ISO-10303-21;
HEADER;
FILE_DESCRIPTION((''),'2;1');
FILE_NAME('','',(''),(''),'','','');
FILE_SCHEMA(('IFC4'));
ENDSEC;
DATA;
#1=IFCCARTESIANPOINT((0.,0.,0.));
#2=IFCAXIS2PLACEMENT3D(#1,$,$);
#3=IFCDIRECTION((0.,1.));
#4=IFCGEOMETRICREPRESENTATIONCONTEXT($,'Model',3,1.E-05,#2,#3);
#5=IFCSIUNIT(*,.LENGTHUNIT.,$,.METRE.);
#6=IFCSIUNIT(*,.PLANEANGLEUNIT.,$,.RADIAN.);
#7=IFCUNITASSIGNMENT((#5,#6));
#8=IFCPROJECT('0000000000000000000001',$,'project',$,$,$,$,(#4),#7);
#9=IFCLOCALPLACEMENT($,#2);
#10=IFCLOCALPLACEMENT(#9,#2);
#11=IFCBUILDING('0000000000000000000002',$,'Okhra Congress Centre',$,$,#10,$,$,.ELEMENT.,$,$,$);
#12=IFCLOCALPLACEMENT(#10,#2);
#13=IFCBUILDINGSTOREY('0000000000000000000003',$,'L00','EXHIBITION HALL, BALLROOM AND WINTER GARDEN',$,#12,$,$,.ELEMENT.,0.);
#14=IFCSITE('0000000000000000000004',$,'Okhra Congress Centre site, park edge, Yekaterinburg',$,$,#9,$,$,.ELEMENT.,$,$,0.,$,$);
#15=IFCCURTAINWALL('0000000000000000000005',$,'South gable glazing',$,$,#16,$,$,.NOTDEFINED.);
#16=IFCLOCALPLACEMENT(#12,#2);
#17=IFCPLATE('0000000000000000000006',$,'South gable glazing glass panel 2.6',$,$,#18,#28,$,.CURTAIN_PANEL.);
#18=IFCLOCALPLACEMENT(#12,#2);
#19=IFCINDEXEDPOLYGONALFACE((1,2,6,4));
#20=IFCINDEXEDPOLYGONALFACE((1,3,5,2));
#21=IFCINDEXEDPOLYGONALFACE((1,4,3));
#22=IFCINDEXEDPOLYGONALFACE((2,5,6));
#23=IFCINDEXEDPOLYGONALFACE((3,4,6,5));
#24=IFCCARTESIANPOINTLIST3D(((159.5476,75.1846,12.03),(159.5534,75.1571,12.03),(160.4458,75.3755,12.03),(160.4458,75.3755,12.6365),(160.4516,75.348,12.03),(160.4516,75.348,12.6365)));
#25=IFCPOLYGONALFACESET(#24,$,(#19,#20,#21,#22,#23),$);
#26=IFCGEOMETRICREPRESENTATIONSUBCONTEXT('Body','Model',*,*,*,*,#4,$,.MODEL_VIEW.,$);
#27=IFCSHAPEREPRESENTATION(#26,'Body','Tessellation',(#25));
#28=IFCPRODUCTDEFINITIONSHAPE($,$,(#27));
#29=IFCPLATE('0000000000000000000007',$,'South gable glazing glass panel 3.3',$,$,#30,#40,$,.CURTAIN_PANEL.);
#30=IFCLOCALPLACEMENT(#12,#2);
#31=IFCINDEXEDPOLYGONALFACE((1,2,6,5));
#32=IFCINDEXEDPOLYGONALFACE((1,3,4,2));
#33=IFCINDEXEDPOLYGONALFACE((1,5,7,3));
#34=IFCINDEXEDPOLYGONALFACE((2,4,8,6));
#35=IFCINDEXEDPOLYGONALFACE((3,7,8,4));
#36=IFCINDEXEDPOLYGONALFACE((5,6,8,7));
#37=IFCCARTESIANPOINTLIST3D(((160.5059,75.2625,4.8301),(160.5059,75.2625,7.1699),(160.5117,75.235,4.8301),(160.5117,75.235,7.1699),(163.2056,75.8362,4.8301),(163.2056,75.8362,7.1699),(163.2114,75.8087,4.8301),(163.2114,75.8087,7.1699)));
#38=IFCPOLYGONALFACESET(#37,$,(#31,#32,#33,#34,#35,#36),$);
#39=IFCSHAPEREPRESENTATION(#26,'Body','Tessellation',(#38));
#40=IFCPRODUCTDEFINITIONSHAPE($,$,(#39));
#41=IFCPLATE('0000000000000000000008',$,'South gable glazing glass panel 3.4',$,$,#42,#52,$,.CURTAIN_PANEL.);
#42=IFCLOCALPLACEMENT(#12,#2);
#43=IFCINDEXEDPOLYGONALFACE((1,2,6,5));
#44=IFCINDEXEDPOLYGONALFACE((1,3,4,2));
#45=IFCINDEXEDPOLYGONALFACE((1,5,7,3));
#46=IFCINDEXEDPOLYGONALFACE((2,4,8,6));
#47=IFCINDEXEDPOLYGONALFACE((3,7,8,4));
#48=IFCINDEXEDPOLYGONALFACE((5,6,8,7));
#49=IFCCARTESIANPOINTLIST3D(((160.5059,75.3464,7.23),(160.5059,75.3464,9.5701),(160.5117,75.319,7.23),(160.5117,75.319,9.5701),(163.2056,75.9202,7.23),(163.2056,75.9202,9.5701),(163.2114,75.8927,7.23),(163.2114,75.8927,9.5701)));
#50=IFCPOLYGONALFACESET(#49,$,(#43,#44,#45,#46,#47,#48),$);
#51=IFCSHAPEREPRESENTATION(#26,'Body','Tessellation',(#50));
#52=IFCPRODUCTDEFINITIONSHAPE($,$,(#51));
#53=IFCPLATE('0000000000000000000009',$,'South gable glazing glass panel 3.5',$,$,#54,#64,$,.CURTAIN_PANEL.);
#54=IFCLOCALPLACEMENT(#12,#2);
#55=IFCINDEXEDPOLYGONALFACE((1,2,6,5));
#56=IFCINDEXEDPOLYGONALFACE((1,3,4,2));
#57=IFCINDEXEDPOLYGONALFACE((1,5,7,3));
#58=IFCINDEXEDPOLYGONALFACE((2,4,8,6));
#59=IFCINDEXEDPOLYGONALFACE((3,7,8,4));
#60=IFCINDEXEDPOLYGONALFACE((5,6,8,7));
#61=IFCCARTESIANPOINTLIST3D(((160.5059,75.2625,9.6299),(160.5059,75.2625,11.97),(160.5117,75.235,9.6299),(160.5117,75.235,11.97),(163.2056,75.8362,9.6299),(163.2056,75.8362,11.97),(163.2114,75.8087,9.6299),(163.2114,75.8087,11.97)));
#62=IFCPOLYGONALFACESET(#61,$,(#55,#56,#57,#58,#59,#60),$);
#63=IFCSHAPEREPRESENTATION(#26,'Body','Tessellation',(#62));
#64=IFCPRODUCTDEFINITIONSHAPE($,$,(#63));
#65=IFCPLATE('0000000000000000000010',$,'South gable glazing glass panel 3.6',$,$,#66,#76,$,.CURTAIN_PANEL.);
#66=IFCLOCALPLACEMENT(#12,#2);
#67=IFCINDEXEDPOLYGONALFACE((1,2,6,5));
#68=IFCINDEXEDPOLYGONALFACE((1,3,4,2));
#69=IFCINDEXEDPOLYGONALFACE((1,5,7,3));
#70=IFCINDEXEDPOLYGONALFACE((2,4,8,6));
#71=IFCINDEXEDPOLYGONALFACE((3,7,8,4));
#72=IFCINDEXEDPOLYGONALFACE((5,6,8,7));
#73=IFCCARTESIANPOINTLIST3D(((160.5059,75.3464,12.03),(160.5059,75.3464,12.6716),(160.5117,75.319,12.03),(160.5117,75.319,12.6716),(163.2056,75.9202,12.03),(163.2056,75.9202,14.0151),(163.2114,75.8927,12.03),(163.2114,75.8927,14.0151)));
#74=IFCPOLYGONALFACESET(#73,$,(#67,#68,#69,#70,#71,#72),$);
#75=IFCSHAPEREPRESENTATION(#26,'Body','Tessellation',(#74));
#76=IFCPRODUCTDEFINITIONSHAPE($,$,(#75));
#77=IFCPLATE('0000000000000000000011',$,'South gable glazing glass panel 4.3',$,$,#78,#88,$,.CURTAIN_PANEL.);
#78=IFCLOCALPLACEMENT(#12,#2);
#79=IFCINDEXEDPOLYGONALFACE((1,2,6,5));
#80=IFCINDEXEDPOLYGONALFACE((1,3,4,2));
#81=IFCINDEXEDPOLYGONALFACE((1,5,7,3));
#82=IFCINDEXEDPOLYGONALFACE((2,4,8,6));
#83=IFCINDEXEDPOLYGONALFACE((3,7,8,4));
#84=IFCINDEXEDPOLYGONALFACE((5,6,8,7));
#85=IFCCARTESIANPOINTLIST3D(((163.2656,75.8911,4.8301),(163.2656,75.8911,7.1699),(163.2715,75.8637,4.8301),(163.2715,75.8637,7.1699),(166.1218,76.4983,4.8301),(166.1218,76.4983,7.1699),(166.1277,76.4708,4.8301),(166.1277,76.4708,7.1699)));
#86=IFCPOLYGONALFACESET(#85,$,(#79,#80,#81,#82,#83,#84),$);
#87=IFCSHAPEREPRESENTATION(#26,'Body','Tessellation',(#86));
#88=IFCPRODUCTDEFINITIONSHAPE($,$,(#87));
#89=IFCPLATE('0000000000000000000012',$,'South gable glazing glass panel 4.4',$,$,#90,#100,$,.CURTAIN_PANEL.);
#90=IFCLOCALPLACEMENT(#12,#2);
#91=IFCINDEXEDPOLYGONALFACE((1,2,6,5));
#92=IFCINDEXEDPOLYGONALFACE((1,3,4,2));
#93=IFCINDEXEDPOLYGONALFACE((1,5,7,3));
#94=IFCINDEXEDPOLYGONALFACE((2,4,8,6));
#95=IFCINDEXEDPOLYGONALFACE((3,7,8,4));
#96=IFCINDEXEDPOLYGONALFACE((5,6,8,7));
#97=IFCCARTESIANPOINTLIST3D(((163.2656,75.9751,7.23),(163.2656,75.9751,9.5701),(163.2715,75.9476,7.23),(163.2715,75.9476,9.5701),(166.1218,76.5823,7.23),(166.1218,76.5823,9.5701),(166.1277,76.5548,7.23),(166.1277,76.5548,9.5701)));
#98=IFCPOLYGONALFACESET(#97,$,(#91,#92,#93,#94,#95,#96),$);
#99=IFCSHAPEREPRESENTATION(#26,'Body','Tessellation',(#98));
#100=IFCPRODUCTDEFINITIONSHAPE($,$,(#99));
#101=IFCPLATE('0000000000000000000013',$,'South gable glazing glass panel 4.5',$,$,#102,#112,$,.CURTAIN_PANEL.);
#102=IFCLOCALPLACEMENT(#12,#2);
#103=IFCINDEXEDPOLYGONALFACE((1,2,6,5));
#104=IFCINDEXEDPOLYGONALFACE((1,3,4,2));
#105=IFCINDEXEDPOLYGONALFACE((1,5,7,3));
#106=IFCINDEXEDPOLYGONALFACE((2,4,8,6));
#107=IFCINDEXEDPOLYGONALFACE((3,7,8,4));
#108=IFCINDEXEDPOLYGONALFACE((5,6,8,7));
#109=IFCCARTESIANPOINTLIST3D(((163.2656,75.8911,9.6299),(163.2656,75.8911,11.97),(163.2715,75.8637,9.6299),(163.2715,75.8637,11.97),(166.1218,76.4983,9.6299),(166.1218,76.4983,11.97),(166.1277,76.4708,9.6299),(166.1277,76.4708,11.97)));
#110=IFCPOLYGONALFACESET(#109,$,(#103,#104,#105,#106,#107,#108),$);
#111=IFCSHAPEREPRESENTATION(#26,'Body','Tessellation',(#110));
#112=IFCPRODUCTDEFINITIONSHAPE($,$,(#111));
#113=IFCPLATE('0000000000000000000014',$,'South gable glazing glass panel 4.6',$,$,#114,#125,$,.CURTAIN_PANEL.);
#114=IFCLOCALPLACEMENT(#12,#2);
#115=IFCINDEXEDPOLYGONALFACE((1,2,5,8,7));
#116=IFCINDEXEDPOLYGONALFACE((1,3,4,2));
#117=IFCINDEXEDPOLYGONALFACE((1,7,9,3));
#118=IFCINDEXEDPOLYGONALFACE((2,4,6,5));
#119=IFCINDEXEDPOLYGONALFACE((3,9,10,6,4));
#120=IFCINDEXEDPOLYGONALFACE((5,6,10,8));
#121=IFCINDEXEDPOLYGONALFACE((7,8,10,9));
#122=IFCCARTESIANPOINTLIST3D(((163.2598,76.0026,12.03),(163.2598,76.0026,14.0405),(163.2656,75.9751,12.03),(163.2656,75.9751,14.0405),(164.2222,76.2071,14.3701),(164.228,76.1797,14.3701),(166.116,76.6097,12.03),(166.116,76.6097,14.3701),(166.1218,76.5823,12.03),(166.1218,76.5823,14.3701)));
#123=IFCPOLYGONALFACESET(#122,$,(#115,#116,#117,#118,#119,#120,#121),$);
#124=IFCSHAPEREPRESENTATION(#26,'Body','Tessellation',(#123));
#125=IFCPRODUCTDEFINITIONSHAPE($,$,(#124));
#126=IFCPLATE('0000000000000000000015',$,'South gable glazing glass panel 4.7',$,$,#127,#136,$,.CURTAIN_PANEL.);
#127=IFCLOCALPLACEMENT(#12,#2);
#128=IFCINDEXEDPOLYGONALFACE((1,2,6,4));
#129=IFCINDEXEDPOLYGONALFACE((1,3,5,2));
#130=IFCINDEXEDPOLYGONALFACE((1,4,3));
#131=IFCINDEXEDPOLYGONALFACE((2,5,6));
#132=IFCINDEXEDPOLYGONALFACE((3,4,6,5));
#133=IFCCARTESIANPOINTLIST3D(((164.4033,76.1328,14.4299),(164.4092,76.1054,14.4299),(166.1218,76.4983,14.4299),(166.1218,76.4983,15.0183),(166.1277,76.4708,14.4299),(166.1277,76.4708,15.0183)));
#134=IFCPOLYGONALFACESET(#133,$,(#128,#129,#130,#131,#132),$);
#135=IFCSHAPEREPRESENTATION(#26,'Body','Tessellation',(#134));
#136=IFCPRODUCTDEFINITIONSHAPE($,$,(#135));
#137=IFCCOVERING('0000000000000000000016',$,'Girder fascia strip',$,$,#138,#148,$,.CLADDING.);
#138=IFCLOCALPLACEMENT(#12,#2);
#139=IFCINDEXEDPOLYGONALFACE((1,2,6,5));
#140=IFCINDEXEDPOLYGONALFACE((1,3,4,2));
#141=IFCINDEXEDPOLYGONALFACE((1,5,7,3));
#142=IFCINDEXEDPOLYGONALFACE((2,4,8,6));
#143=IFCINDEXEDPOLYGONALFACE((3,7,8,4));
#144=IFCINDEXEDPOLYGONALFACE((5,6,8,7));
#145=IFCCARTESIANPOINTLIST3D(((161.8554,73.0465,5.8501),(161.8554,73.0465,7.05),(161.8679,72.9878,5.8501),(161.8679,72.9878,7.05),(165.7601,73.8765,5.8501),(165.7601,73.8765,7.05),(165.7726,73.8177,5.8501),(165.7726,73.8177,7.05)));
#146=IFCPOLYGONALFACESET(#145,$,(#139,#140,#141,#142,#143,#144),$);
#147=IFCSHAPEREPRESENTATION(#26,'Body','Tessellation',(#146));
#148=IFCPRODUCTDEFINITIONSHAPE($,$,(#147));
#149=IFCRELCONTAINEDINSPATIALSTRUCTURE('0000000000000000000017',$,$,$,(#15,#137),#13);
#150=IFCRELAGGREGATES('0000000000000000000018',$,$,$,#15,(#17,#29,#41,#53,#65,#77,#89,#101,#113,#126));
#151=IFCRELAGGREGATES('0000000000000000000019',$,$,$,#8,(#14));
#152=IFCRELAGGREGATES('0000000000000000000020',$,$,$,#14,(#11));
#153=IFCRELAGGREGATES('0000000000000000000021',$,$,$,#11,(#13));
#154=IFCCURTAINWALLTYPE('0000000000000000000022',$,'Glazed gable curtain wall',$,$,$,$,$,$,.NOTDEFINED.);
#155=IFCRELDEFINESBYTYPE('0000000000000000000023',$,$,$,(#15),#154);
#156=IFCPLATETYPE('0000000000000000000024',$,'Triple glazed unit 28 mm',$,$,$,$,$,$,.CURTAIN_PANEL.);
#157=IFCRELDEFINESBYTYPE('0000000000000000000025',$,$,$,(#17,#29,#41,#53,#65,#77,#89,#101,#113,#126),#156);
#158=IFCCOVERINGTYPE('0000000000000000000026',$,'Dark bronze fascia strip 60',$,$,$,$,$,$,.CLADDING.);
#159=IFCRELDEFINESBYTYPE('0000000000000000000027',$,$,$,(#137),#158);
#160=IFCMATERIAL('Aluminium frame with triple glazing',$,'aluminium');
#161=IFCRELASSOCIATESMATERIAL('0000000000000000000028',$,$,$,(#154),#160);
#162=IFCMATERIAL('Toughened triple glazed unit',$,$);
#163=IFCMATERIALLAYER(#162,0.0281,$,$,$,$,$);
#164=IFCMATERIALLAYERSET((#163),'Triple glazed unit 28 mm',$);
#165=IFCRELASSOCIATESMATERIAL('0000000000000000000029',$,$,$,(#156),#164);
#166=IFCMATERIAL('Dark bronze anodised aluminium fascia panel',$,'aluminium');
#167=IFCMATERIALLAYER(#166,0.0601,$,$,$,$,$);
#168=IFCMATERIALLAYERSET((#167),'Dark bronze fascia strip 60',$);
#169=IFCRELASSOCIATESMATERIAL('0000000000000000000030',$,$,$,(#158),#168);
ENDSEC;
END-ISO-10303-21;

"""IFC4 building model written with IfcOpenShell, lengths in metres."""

from ifc_helpers import new_model, si_unit, direction, frame, origin, origin_2d, place, context, subcontext, project, spatial, polyline, rectangle, outline, extrude, material, layer, layer_set, type_object, element, aggregate, save


model = new_model("IFC4")

# Units and contexts
model_context = context("Model", 3, precision=1e-05, world=origin(), true_north=direction((0.0, 1.0)))
body_context = subcontext(model_context, "Body", "Model", "MODEL_VIEW")
ifc_project = project(units=[si_unit("LENGTHUNIT", "METRE"), si_unit("PLANEANGLEUNIT", "RADIAN")], contexts=[model_context])

# Site, building, storey
site_placement = place(None, origin())
site = spatial("IfcSite", under=ifc_project, at=site_placement, Name="Okhra Congress Centre site, park edge, Yekaterinburg", CompositionType="ELEMENT", RefElevation=0.0)
building_placement = place(site_placement, origin())
building = spatial("IfcBuilding", under=site, at=building_placement, Name="Okhra Congress Centre", CompositionType="ELEMENT")
storey_placement = place(building_placement, origin())
storey = spatial("IfcBuildingStorey", under=building, at=storey_placement, Name="L00", Description="EXHIBITION HALL, BALLROOM AND WINTER GARDEN", CompositionType="ELEMENT", Elevation=0.0)

# Curtain wall
ifc_material_1 = material(Name="Aluminium frame with triple glazing", Category="aluminium")
curtain_wall_type = type_object("IfcCurtainWallType", Name="Glazed gable curtain wall", PredefinedType="NOTDEFINED", material=ifc_material_1)
curtain_wall_placement = place(storey_placement, origin())
curtain_wall = element("IfcCurtainWall", 1, at=curtain_wall_placement, inside=storey, type_object=curtain_wall_type, Name="South gable glazing", PredefinedType="NOTDEFINED")

# Plates
ifc_material_2 = material(Name="Toughened triple glazed unit")
ifc_layer_1 = layer(ifc_material_2, 0.0281)
ifc_layer_set_1 = layer_set([ifc_layer_1], Name="Triple glazed unit 28 mm")
plate_type = type_object("IfcPlateType", Name="Triple glazed unit 28 mm", PredefinedType="CURTAIN_PANEL", material=ifc_layer_set_1)
plate_1_placement = place(storey_placement, frame((160.4458, 75.3755, 12.03), z_axis=(-0.207913, 0.978147, 0.0), x_axis=(-0.978147, -0.207913, 0.0)))
plate_1 = element("IfcPlate", 2, at=plate_1_placement, type_object=plate_type, Name="South gable glazing glass panel 2.6", PredefinedType="CURTAIN_PANEL", context=body_context, shape_type="SweptSolid", body=[
    extrude(outline(polyline([(0.0, 0.0), (0.9183, 0.0), (0.0, 0.6064), (0.0, 0.0)])), origin(), (0.0, 0.0, -1.0), 0.0281),
])
plate_2_placement = place(storey_placement, frame((163.2056, 75.8362, 4.8301), z_axis=(-0.207874, 0.978156, 0.0), x_axis=(-0.978156, -0.207874, 0.0)))
plate_2 = element("IfcPlate", 3, at=plate_2_placement, type_object=plate_type, Name="South gable glazing glass panel 3.3", PredefinedType="CURTAIN_PANEL", context=body_context, shape_type="SweptSolid", body=[
    extrude(outline(polyline([(0.0, 0.0), (2.76, 0.0), (2.76, 2.3398), (0.0, 2.3398), (0.0, 0.0)])), origin(), (0.0, 0.0, -1.0), 0.0281),
])
plate_3_placement = place(storey_placement, frame((163.2056, 75.9202, 7.23), z_axis=(-0.207874, 0.978156, 0.0), x_axis=(-0.978156, -0.207874, 0.0)))
plate_3 = element("IfcPlate", 4, at=plate_3_placement, type_object=plate_type, Name="South gable glazing glass panel 3.4", PredefinedType="CURTAIN_PANEL", context=body_context, shape_type="SweptSolid", body=[
    extrude(outline(polyline([(0.0, 0.0), (2.76, 0.0), (2.76, 2.3401), (0.0, 2.3401), (0.0, 0.0)])), origin(), (0.0, 0.0, -1.0), 0.0281),
])
plate_4_placement = place(storey_placement, frame((163.2056, 75.8362, 9.6299), z_axis=(-0.207874, 0.978156, 0.0), x_axis=(-0.978156, -0.207874, 0.0)))
plate_4 = element("IfcPlate", 5, at=plate_4_placement, type_object=plate_type, Name="South gable glazing glass panel 3.5", PredefinedType="CURTAIN_PANEL", context=body_context, shape_type="SweptSolid", body=[
    extrude(outline(polyline([(0.0, 0.0), (2.76, 0.0), (2.76, 2.3401), (0.0, 2.3401), (0.0, 0.0)])), origin(), (0.0, 0.0, -1.0), 0.0281),
])
plate_5_placement = place(storey_placement, frame((163.2056, 75.9202, 12.03), z_axis=(-0.207874, 0.978156, 0.0), x_axis=(-0.978156, -0.207874, 0.0)))
plate_5 = element("IfcPlate", 6, at=plate_5_placement, type_object=plate_type, Name="South gable glazing glass panel 3.6", PredefinedType="CURTAIN_PANEL", context=body_context, shape_type="SweptSolid", body=[
    extrude(outline(polyline([(0.0, 0.0), (2.76, 0.0), (2.76, 0.6416), (0.0, 1.9851), (0.0, 0.0)])), origin(), (0.0, 0.0, -1.0), 0.0281),
])
plate_6_placement = place(storey_placement, frame((166.1218, 76.4983, 4.8301), z_axis=(-0.207936, 0.978142, 0.0), x_axis=(-0.978142, -0.207936, 0.0)))
plate_6 = element("IfcPlate", 7, at=plate_6_placement, type_object=plate_type, Name="South gable glazing glass panel 4.3", PredefinedType="CURTAIN_PANEL", context=body_context, shape_type="SweptSolid", body=[
    extrude(outline(polyline([(0.0, 0.0), (2.92, 0.0), (2.92, 2.3398), (0.0, 2.3398), (0.0, 0.0)])), origin(), (0.0, 0.0, -1.0), 0.0281),
])
plate_7_placement = place(storey_placement, frame((166.1218, 76.5823, 7.23), z_axis=(-0.207936, 0.978142, 0.0), x_axis=(-0.978142, -0.207936, 0.0)))
plate_7 = element("IfcPlate", 8, at=plate_7_placement, type_object=plate_type, Name="South gable glazing glass panel 4.4", PredefinedType="CURTAIN_PANEL", context=body_context, shape_type="SweptSolid", body=[
    extrude(outline(polyline([(0.0, 0.0), (2.92, 0.0), (2.92, 2.3401), (0.0, 2.3401), (0.0, 0.0)])), origin(), (0.0, 0.0, -1.0), 0.0281),
])
plate_8_placement = place(storey_placement, frame((166.1218, 76.4983, 9.6299), z_axis=(-0.207936, 0.978142, 0.0), x_axis=(-0.978142, -0.207936, 0.0)))
plate_8 = element("IfcPlate", 9, at=plate_8_placement, type_object=plate_type, Name="South gable glazing glass panel 4.5", PredefinedType="CURTAIN_PANEL", context=body_context, shape_type="SweptSolid", body=[
    extrude(outline(polyline([(0.0, 0.0), (2.92, 0.0), (2.92, 2.3401), (0.0, 2.3401), (0.0, 0.0)])), origin(), (0.0, 0.0, -1.0), 0.0281),
])
plate_9_placement = place(storey_placement, frame((166.1218, 76.5823, 12.03), z_axis=(0.207936, -0.978142, 0.0), x_axis=(-0.978142, -0.207936, 0.0)))
plate_9 = element("IfcPlate", 10, at=plate_9_placement, type_object=plate_type, Name="South gable glazing glass panel 4.6", PredefinedType="CURTAIN_PANEL", context=body_context, shape_type="SweptSolid", body=[
    extrude(outline(polyline([(0.0, 0.0), (2.92, 0.0), (2.92, -2.0105), (1.9361, -2.3401), (0.0, -2.3401), (0.0, 0.0)])), origin(), (0.0, 0.0, -1.0), 0.0281),
])
plate_10_placement = place(storey_placement, frame((166.1218, 76.4983, 14.4299), z_axis=(-0.20802, 0.978125, 0.0), x_axis=(-0.978125, -0.20802, 0.0)))
plate_10 = element("IfcPlate", 11, at=plate_10_placement, type_object=plate_type, Name="South gable glazing glass panel 4.7", PredefinedType="CURTAIN_PANEL", context=body_context, shape_type="SweptSolid", body=[
    extrude(outline(polyline([(0.0, 0.0), (1.7569, 0.0), (0.0, 0.5884), (0.0, 0.0)])), origin(), (0.0, 0.0, -1.0), 0.0281),
])
aggregate(curtain_wall, [plate_1, plate_2, plate_3, plate_4, plate_5, plate_6, plate_7, plate_8, plate_9, plate_10])

# Covering
ifc_material_3 = material(Name="Dark bronze anodised aluminium fascia panel", Category="aluminium")
ifc_layer_2 = layer(ifc_material_3, 0.0601)
ifc_layer_set_2 = layer_set([ifc_layer_2], Name="Dark bronze fascia strip 60")
covering_type = type_object("IfcCoveringType", Name="Dark bronze fascia strip 60", PredefinedType="CLADDING", material=ifc_layer_set_2)
covering_placement = place(storey_placement, frame((163.814, 73.4321, 5.8501), z_axis=(0.0, 0.0, 1.0), x_axis=(0.978148, 0.207912, 0.0)))
element("IfcCovering", 12, at=covering_placement, inside=storey, type_object=covering_type, Name="Girder fascia strip", PredefinedType="CLADDING", context=body_context, shape_type="SweptSolid", body=[
    extrude(rectangle(XDim=3.9919, YDim=0.0601, at=origin_2d()), origin(), (0.0, 0.0, 1.0), 1.2),
])

save(model, "model.ifc")
